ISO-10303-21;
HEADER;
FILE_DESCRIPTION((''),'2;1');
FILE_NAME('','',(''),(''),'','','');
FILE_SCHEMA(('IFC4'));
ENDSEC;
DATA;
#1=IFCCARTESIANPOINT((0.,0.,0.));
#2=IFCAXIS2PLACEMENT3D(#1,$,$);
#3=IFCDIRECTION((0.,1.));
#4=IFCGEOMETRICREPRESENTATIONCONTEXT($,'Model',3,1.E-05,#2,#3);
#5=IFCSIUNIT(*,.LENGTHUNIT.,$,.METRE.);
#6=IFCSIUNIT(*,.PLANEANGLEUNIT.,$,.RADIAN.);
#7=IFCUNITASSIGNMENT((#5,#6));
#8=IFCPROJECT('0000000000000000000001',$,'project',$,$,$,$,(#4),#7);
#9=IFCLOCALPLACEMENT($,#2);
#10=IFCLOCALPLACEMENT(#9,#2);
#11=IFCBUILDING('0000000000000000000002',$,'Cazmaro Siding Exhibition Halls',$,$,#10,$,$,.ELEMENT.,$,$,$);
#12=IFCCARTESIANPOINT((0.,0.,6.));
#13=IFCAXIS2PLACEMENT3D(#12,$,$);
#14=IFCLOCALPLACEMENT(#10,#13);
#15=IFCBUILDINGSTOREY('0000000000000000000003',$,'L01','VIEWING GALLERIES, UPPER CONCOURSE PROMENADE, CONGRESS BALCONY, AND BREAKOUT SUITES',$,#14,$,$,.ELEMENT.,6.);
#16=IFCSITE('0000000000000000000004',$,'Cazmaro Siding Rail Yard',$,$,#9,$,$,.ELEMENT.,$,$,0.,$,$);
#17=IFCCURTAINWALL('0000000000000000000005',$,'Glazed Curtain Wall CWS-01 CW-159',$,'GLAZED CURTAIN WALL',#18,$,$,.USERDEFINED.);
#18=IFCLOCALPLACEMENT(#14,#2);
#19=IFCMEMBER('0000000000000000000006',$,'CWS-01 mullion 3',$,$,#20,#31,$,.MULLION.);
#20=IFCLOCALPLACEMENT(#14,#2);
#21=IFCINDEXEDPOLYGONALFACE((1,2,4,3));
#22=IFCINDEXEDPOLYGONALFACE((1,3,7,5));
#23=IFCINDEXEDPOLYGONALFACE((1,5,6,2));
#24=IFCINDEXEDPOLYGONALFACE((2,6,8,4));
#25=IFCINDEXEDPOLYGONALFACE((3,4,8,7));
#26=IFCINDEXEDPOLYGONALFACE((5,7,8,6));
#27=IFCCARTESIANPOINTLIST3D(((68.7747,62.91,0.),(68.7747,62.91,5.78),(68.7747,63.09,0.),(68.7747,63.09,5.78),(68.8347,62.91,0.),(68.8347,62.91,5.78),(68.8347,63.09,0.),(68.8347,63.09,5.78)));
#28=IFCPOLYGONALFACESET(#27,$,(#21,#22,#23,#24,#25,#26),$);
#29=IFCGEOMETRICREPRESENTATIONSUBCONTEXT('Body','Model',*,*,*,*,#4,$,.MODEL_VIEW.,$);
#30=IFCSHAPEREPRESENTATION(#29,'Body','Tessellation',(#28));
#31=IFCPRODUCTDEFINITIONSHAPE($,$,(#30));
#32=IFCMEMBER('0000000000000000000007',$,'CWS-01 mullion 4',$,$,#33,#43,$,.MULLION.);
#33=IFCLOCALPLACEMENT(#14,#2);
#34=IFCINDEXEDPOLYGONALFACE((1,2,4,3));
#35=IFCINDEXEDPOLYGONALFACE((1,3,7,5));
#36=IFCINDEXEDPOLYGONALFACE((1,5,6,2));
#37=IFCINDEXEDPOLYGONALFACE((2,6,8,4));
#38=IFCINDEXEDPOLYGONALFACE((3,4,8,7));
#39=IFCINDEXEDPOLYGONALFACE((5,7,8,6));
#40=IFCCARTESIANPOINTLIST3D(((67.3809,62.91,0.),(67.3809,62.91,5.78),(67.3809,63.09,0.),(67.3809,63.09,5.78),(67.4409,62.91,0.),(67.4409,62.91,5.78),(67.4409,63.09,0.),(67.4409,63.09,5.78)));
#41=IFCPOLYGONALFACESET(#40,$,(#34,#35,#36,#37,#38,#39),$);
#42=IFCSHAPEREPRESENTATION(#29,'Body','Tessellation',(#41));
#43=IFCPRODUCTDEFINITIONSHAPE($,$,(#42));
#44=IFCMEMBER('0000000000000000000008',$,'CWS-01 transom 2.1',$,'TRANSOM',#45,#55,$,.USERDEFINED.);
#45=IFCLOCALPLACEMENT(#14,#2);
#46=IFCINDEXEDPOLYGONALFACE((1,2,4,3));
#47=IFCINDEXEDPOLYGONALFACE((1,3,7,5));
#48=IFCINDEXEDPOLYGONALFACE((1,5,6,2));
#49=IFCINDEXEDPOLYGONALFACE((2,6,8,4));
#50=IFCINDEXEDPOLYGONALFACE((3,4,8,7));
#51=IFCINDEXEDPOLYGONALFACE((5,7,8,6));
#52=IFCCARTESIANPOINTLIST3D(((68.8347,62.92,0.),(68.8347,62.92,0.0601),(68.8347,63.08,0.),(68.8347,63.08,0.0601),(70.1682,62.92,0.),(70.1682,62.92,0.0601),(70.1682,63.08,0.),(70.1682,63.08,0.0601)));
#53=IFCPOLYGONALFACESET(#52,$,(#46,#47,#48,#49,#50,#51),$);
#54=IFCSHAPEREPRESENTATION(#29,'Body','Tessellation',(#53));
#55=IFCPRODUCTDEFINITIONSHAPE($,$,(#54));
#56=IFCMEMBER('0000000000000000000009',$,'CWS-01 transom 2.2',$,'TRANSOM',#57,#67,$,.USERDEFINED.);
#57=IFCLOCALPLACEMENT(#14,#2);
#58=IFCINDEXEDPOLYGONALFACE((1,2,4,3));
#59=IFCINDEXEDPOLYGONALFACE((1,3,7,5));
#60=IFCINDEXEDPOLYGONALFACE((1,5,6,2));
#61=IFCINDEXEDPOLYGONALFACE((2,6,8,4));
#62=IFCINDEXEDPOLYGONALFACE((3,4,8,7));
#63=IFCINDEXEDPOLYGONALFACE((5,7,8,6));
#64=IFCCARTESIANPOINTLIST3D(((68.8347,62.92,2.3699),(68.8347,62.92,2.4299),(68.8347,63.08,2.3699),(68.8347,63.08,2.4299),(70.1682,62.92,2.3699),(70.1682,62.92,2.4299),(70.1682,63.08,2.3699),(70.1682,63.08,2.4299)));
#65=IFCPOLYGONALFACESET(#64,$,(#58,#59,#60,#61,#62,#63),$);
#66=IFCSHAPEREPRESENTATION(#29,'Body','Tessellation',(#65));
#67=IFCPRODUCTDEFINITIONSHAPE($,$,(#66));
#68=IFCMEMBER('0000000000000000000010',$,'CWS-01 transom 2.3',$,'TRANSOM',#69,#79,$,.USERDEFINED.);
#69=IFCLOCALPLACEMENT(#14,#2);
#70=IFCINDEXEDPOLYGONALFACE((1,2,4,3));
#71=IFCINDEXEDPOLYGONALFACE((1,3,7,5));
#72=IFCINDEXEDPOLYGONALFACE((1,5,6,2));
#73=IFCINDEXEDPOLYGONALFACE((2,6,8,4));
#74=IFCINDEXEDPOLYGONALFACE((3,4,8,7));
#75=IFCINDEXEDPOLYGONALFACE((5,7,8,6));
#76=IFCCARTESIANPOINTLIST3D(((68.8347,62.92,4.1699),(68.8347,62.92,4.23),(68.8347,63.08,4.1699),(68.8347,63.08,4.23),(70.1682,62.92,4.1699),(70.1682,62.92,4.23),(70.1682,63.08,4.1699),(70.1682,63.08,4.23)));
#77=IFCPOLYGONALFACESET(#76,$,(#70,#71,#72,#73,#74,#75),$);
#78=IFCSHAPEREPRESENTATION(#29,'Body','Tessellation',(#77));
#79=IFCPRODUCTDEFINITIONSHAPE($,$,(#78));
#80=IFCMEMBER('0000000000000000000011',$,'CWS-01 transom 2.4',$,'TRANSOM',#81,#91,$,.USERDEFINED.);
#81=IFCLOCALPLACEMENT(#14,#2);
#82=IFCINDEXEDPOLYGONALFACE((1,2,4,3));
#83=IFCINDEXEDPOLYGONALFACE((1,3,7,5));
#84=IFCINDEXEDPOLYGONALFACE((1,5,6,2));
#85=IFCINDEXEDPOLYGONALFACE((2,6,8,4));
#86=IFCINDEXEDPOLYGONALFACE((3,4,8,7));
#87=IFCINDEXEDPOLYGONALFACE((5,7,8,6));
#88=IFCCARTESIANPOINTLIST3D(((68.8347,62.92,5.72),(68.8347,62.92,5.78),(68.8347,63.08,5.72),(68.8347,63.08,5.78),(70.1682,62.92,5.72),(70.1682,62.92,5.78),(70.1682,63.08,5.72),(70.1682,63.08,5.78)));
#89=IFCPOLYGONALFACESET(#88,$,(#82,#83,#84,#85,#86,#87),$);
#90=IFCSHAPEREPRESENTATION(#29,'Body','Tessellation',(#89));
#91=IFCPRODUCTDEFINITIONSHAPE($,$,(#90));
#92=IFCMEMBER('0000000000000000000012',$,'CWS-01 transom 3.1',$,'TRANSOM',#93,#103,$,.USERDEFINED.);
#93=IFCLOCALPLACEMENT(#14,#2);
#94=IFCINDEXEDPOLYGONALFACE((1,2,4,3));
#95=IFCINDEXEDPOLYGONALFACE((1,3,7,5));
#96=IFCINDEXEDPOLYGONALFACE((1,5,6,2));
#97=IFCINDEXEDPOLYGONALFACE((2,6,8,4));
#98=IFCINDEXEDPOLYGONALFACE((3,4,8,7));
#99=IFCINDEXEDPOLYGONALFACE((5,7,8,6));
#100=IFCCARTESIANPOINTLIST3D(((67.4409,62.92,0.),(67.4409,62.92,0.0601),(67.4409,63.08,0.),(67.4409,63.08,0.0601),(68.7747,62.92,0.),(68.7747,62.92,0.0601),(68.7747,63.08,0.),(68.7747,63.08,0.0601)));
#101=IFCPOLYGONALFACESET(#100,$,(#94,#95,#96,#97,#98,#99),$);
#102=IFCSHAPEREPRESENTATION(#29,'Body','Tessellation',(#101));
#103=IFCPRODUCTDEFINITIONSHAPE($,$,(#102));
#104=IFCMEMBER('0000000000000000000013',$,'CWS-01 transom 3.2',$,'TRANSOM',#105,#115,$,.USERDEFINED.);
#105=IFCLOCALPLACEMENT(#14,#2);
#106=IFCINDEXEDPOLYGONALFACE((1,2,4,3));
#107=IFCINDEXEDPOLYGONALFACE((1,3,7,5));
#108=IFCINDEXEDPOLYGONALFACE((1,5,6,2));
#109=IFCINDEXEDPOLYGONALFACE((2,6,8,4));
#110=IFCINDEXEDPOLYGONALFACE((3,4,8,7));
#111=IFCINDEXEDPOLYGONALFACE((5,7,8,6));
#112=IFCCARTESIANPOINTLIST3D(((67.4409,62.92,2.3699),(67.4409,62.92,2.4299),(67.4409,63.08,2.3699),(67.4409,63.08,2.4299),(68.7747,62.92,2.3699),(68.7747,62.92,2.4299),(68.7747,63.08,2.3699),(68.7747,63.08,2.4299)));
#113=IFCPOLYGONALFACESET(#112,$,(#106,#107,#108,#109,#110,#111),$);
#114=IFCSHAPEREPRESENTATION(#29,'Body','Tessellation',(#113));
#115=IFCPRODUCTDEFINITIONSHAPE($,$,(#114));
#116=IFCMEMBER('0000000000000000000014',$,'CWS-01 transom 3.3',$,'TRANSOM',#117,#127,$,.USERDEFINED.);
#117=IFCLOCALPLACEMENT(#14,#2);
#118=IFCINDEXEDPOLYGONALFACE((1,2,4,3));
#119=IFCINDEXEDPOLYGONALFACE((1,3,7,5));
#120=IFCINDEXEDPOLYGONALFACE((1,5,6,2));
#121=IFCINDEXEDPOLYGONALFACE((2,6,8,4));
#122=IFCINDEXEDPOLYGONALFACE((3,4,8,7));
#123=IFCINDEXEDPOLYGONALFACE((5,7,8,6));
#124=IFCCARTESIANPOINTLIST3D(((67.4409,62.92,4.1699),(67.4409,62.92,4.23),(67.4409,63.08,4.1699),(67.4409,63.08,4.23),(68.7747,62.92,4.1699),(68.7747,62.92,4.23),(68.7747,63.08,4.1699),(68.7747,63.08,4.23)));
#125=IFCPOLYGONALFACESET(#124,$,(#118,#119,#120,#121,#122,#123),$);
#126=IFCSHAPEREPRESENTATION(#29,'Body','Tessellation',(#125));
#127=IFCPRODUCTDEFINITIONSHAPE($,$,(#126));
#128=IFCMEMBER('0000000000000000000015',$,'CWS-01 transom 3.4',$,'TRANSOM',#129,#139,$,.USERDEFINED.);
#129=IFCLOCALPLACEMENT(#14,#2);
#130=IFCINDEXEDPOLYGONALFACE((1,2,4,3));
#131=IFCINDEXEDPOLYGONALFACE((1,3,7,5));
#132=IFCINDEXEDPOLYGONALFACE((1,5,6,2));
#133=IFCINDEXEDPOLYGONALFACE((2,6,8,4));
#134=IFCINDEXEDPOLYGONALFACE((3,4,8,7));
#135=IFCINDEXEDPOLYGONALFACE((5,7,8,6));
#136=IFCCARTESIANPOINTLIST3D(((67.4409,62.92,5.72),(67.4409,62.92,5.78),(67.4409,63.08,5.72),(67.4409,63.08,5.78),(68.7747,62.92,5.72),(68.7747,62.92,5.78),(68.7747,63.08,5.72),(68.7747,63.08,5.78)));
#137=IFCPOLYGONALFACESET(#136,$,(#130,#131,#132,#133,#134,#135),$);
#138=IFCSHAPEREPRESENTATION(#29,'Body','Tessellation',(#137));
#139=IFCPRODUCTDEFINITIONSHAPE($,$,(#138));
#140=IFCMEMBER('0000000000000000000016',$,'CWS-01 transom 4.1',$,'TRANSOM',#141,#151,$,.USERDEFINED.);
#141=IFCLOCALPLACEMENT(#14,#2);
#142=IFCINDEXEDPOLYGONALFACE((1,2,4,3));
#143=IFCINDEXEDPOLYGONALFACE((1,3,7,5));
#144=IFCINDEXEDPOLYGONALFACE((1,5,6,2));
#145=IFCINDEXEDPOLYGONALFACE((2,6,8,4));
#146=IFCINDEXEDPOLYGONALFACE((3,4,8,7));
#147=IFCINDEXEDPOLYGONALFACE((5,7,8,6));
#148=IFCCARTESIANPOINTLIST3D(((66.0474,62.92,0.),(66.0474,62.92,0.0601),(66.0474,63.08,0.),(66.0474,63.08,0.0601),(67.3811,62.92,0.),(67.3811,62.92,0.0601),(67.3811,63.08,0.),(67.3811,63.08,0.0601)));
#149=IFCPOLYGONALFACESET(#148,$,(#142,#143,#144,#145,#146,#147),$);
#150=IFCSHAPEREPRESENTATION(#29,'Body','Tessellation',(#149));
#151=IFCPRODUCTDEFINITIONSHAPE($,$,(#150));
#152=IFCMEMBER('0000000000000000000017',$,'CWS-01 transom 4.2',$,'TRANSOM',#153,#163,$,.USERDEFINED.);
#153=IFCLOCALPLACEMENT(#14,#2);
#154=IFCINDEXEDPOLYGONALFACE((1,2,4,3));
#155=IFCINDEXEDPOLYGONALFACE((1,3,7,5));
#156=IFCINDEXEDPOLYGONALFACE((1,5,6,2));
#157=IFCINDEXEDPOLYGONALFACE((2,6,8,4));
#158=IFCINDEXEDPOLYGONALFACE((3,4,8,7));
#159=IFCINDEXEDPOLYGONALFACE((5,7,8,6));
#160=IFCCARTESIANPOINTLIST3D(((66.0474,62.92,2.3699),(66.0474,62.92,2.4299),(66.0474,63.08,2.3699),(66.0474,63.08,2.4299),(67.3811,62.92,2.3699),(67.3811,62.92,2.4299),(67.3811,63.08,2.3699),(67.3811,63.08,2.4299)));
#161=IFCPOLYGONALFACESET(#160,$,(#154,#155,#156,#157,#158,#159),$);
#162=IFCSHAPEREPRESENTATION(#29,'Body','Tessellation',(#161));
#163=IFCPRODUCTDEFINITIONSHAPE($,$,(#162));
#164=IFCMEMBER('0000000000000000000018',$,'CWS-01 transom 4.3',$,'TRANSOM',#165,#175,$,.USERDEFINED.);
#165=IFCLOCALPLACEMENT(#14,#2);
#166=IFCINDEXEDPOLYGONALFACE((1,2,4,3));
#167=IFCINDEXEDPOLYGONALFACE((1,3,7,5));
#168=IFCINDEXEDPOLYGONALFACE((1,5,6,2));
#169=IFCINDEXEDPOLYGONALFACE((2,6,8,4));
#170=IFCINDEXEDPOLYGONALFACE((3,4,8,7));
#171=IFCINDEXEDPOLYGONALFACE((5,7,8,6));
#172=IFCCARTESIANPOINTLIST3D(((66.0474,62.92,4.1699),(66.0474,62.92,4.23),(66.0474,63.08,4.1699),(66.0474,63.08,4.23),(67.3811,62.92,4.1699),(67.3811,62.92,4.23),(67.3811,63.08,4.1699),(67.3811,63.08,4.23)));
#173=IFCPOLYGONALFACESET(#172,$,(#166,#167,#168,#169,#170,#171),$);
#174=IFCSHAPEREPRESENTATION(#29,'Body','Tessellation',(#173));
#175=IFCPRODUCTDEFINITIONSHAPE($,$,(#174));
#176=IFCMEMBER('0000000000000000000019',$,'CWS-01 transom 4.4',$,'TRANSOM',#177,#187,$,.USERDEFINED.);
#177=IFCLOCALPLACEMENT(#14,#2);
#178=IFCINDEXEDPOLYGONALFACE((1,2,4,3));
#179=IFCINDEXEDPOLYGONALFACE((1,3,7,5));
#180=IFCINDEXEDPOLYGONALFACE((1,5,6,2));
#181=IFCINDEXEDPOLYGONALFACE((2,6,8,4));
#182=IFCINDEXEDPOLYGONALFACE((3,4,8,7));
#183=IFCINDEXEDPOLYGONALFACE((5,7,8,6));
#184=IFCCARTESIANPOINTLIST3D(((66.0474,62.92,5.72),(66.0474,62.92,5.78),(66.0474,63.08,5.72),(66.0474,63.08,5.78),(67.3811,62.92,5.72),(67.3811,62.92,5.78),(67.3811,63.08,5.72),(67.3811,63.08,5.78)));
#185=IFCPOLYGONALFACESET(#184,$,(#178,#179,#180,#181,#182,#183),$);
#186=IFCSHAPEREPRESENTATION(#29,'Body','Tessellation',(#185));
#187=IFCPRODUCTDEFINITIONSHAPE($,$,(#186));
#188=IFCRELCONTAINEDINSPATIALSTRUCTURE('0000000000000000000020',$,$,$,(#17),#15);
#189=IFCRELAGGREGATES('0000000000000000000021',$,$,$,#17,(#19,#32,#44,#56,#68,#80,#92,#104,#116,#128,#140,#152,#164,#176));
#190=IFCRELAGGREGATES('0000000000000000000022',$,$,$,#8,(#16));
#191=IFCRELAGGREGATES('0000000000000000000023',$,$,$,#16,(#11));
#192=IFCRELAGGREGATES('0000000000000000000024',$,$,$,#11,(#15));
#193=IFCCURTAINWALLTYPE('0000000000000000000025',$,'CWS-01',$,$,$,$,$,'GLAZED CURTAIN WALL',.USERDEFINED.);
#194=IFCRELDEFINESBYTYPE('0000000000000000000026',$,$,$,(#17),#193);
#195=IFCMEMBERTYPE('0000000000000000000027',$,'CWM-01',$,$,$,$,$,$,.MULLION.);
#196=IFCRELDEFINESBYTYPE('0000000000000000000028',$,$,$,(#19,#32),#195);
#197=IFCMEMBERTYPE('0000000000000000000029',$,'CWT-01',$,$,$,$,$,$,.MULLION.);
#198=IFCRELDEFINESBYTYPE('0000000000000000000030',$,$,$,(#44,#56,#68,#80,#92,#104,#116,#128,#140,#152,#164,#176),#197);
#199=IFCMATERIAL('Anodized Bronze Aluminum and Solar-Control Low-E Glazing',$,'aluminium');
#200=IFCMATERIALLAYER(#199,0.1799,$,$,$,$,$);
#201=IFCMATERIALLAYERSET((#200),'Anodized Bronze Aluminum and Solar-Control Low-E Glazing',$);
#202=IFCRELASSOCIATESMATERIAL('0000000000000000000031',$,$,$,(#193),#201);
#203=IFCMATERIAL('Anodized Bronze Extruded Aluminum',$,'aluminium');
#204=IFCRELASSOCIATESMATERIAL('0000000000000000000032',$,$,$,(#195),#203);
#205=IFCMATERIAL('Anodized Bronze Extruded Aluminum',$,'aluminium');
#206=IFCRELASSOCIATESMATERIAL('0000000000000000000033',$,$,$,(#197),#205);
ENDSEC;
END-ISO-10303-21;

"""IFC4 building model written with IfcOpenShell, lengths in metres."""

from ifc_helpers import new_model, si_unit, direction, frame, origin, origin_2d, place, context, subcontext, project, spatial, rectangle, extrude, material, layer, layer_set, material_profile, profile_set, type_object, element, aggregate, save


model = new_model("IFC4")

# Units and contexts
model_context = context("Model", 3, precision=1e-05, world=origin(), true_north=direction((0.0, 1.0)))
body_context = subcontext(model_context, "Body", "Model", "MODEL_VIEW")
ifc_project = project(units=[si_unit("LENGTHUNIT", "METRE"), si_unit("PLANEANGLEUNIT", "RADIAN")], contexts=[model_context])

# Site, building, storey
site_placement = place(None, origin())
site = spatial("IfcSite", under=ifc_project, at=site_placement, Name="Cazmaro Siding Rail Yard", CompositionType="ELEMENT", RefElevation=0.0)
building_placement = place(site_placement, origin())
building = spatial("IfcBuilding", under=site, at=building_placement, Name="Cazmaro Siding Exhibition Halls", CompositionType="ELEMENT")
storey_placement = place(building_placement, frame((0.0, 0.0, 6.0)))
storey = spatial("IfcBuildingStorey", under=building, at=storey_placement, Name="L01", Description="VIEWING GALLERIES, UPPER CONCOURSE PROMENADE, CONGRESS BALCONY, AND BREAKOUT SUITES", CompositionType="ELEMENT", Elevation=6.0)

# Curtain wall, members
ifc_material_1 = material(Name="Anodized Bronze Aluminum and Solar-Control Low-E Glazing", Category="aluminium")
ifc_layer_1 = layer(ifc_material_1, 0.1799)
ifc_layer_set_1 = layer_set([ifc_layer_1], Name="Anodized Bronze Aluminum and Solar-Control Low-E Glazing")
curtain_wall_type = type_object("IfcCurtainWallType", Name="CWS-01", ElementType="GLAZED CURTAIN WALL", PredefinedType="USERDEFINED", material=ifc_layer_set_1)
curtain_wall_placement = place(storey_placement, origin())
curtain_wall = element("IfcCurtainWall", 1, at=curtain_wall_placement, inside=storey, type_object=curtain_wall_type, Name="Glazed Curtain Wall CWS-01 CW-159", ObjectType="GLAZED CURTAIN WALL", PredefinedType="USERDEFINED")
ifc_material_2 = material(Name="Anodized Bronze Extruded Aluminum", Category="aluminium")
ifc_material_profile_1 = material_profile(ifc_material_2, rectangle(XDim=0.1799, YDim=0.0601, at=origin_2d()), Name="CWM-01")
ifc_profile_set_1 = profile_set([ifc_material_profile_1], Name="Anodized Bronze Extruded Aluminum")
member_type_1 = type_object("IfcMemberType", Name="CWM-01", PredefinedType="MULLION", material=ifc_profile_set_1)
member_1_placement = place(storey_placement, frame((68.8047, 63.0, 0.0), z_axis=(0.0, 0.0, 1.0), x_axis=(0.0, -1.0, 0.0)))
member_1 = element("IfcMember", 2, at=member_1_placement, type_object=member_type_1, Name="CWS-01 mullion 3", PredefinedType="MULLION", context=body_context, shape_type="SweptSolid", body=[
    extrude(rectangle(XDim=0.1799, YDim=0.0601, at=origin_2d()), origin(), (0.0, 0.0, 1.0), 5.78),
])
member_2_placement = place(storey_placement, frame((67.4109, 63.0, 0.0), z_axis=(0.0, 0.0, 1.0), x_axis=(0.0, -1.0, 0.0)))
member_2 = element("IfcMember", 3, at=member_2_placement, type_object=member_type_1, Name="CWS-01 mullion 4", PredefinedType="MULLION", context=body_context, shape_type="SweptSolid", body=[
    extrude(rectangle(XDim=0.1799, YDim=0.0601, at=origin_2d()), origin(), (0.0, 0.0, 1.0), 5.78),
])
ifc_material_3 = material(Name="Anodized Bronze Extruded Aluminum", Category="aluminium")
ifc_material_profile_2 = material_profile(ifc_material_3, rectangle(XDim=0.1599, YDim=0.0601, at=origin_2d()), Name="CWT-01")
ifc_profile_set_2 = profile_set([ifc_material_profile_2], Name="Anodized Bronze Extruded Aluminum")
member_type_2 = type_object("IfcMemberType", Name="CWT-01", PredefinedType="MULLION", material=ifc_profile_set_2)
member_3_placement = place(storey_placement, frame((70.1682, 63.0, 0.03), z_axis=(-1.0, 0.0, 0.0), x_axis=(0.0, -1.0, 0.0)))
member_3 = element("IfcMember", 4, at=member_3_placement, type_object=member_type_2, Name="CWS-01 transom 2.1", ObjectType="TRANSOM", PredefinedType="USERDEFINED", context=body_context, shape_type="SweptSolid", body=[
    extrude(rectangle(XDim=0.1599, YDim=0.0601, at=origin_2d()), origin(), (0.0, 0.0, 1.0), 1.3335),
])
member_4_placement = place(storey_placement, frame((70.1682, 63.0, 2.3999), z_axis=(-1.0, 0.0, 0.0), x_axis=(0.0, -1.0, 0.0)))
member_4 = element("IfcMember", 5, at=member_4_placement, type_object=member_type_2, Name="CWS-01 transom 2.2", ObjectType="TRANSOM", PredefinedType="USERDEFINED", context=body_context, shape_type="SweptSolid", body=[
    extrude(rectangle(XDim=0.1599, YDim=0.0601, at=origin_2d()), origin(), (0.0, 0.0, 1.0), 1.3335),
])
member_5_placement = place(storey_placement, frame((70.1682, 63.0, 4.2), z_axis=(-1.0, 0.0, 0.0), x_axis=(0.0, -1.0, 0.0)))
member_5 = element("IfcMember", 6, at=member_5_placement, type_object=member_type_2, Name="CWS-01 transom 2.3", ObjectType="TRANSOM", PredefinedType="USERDEFINED", context=body_context, shape_type="SweptSolid", body=[
    extrude(rectangle(XDim=0.1599, YDim=0.0601, at=origin_2d()), origin(), (0.0, 0.0, 1.0), 1.3335),
])
member_6_placement = place(storey_placement, frame((70.1682, 63.0, 5.75), z_axis=(-1.0, 0.0, 0.0), x_axis=(0.0, -1.0, 0.0)))
member_6 = element("IfcMember", 7, at=member_6_placement, type_object=member_type_2, Name="CWS-01 transom 2.4", ObjectType="TRANSOM", PredefinedType="USERDEFINED", context=body_context, shape_type="SweptSolid", body=[
    extrude(rectangle(XDim=0.1599, YDim=0.0601, at=origin_2d()), origin(), (0.0, 0.0, 1.0), 1.3335),
])
member_7_placement = place(storey_placement, frame((68.7747, 63.0, 0.03), z_axis=(-1.0, 0.0, 0.0), x_axis=(0.0, -1.0, 0.0)))
member_7 = element("IfcMember", 8, at=member_7_placement, type_object=member_type_2, Name="CWS-01 transom 3.1", ObjectType="TRANSOM", PredefinedType="USERDEFINED", context=body_context, shape_type="SweptSolid", body=[
    extrude(rectangle(XDim=0.1599, YDim=0.0601, at=origin_2d()), origin(), (0.0, 0.0, 1.0), 1.3337),
])
member_8_placement = place(storey_placement, frame((68.7747, 63.0, 2.3999), z_axis=(-1.0, 0.0, 0.0), x_axis=(0.0, -1.0, 0.0)))
member_8 = element("IfcMember", 9, at=member_8_placement, type_object=member_type_2, Name="CWS-01 transom 3.2", ObjectType="TRANSOM", PredefinedType="USERDEFINED", context=body_context, shape_type="SweptSolid", body=[
    extrude(rectangle(XDim=0.1599, YDim=0.0601, at=origin_2d()), origin(), (0.0, 0.0, 1.0), 1.3337),
])
member_9_placement = place(storey_placement, frame((68.7747, 63.0, 4.2), z_axis=(-1.0, 0.0, 0.0), x_axis=(0.0, -1.0, 0.0)))
member_9 = element("IfcMember", 10, at=member_9_placement, type_object=member_type_2, Name="CWS-01 transom 3.3", ObjectType="TRANSOM", PredefinedType="USERDEFINED", context=body_context, shape_type="SweptSolid", body=[
    extrude(rectangle(XDim=0.1599, YDim=0.0601, at=origin_2d()), origin(), (0.0, 0.0, 1.0), 1.3337),
])
member_10_placement = place(storey_placement, frame((68.7747, 63.0, 5.75), z_axis=(-1.0, 0.0, 0.0), x_axis=(0.0, -1.0, 0.0)))
member_10 = element("IfcMember", 11, at=member_10_placement, type_object=member_type_2, Name="CWS-01 transom 3.4", ObjectType="TRANSOM", PredefinedType="USERDEFINED", context=body_context, shape_type="SweptSolid", body=[
    extrude(rectangle(XDim=0.1599, YDim=0.0601, at=origin_2d()), origin(), (0.0, 0.0, 1.0), 1.3337),
])
member_11_placement = place(storey_placement, frame((67.3811, 63.0, 0.03), z_axis=(-1.0, 0.0, 0.0), x_axis=(0.0, -1.0, 0.0)))
member_11 = element("IfcMember", 12, at=member_11_placement, type_object=member_type_2, Name="CWS-01 transom 4.1", ObjectType="TRANSOM", PredefinedType="USERDEFINED", context=body_context, shape_type="SweptSolid", body=[
    extrude(rectangle(XDim=0.1599, YDim=0.0601, at=origin_2d()), origin(), (0.0, 0.0, 1.0), 1.3337),
])
member_12_placement = place(storey_placement, frame((67.3811, 63.0, 2.3999), z_axis=(-1.0, 0.0, 0.0), x_axis=(0.0, -1.0, 0.0)))
member_12 = element("IfcMember", 13, at=member_12_placement, type_object=member_type_2, Name="CWS-01 transom 4.2", ObjectType="TRANSOM", PredefinedType="USERDEFINED", context=body_context, shape_type="SweptSolid", body=[
    extrude(rectangle(XDim=0.1599, YDim=0.0601, at=origin_2d()), origin(), (0.0, 0.0, 1.0), 1.3337),
])
member_13_placement = place(storey_placement, frame((67.3811, 63.0, 4.2), z_axis=(-1.0, 0.0, 0.0), x_axis=(0.0, -1.0, 0.0)))
member_13 = element("IfcMember", 14, at=member_13_placement, type_object=member_type_2, Name="CWS-01 transom 4.3", ObjectType="TRANSOM", PredefinedType="USERDEFINED", context=body_context, shape_type="SweptSolid", body=[
    extrude(rectangle(XDim=0.1599, YDim=0.0601, at=origin_2d()), origin(), (0.0, 0.0, 1.0), 1.3337),
])
member_14_placement = place(storey_placement, frame((67.3811, 63.0, 5.75), z_axis=(-1.0, 0.0, 0.0), x_axis=(0.0, -1.0, 0.0)))
member_14 = element("IfcMember", 15, at=member_14_placement, type_object=member_type_2, Name="CWS-01 transom 4.4", ObjectType="TRANSOM", PredefinedType="USERDEFINED", context=body_context, shape_type="SweptSolid", body=[
    extrude(rectangle(XDim=0.1599, YDim=0.0601, at=origin_2d()), origin(), (0.0, 0.0, 1.0), 1.3337),
])
aggregate(curtain_wall, [member_1, member_2, member_3, member_4, member_5, member_6, member_7, member_8, member_9, member_10, member_11, member_12, member_13, member_14])

save(model, "model.ifc")
